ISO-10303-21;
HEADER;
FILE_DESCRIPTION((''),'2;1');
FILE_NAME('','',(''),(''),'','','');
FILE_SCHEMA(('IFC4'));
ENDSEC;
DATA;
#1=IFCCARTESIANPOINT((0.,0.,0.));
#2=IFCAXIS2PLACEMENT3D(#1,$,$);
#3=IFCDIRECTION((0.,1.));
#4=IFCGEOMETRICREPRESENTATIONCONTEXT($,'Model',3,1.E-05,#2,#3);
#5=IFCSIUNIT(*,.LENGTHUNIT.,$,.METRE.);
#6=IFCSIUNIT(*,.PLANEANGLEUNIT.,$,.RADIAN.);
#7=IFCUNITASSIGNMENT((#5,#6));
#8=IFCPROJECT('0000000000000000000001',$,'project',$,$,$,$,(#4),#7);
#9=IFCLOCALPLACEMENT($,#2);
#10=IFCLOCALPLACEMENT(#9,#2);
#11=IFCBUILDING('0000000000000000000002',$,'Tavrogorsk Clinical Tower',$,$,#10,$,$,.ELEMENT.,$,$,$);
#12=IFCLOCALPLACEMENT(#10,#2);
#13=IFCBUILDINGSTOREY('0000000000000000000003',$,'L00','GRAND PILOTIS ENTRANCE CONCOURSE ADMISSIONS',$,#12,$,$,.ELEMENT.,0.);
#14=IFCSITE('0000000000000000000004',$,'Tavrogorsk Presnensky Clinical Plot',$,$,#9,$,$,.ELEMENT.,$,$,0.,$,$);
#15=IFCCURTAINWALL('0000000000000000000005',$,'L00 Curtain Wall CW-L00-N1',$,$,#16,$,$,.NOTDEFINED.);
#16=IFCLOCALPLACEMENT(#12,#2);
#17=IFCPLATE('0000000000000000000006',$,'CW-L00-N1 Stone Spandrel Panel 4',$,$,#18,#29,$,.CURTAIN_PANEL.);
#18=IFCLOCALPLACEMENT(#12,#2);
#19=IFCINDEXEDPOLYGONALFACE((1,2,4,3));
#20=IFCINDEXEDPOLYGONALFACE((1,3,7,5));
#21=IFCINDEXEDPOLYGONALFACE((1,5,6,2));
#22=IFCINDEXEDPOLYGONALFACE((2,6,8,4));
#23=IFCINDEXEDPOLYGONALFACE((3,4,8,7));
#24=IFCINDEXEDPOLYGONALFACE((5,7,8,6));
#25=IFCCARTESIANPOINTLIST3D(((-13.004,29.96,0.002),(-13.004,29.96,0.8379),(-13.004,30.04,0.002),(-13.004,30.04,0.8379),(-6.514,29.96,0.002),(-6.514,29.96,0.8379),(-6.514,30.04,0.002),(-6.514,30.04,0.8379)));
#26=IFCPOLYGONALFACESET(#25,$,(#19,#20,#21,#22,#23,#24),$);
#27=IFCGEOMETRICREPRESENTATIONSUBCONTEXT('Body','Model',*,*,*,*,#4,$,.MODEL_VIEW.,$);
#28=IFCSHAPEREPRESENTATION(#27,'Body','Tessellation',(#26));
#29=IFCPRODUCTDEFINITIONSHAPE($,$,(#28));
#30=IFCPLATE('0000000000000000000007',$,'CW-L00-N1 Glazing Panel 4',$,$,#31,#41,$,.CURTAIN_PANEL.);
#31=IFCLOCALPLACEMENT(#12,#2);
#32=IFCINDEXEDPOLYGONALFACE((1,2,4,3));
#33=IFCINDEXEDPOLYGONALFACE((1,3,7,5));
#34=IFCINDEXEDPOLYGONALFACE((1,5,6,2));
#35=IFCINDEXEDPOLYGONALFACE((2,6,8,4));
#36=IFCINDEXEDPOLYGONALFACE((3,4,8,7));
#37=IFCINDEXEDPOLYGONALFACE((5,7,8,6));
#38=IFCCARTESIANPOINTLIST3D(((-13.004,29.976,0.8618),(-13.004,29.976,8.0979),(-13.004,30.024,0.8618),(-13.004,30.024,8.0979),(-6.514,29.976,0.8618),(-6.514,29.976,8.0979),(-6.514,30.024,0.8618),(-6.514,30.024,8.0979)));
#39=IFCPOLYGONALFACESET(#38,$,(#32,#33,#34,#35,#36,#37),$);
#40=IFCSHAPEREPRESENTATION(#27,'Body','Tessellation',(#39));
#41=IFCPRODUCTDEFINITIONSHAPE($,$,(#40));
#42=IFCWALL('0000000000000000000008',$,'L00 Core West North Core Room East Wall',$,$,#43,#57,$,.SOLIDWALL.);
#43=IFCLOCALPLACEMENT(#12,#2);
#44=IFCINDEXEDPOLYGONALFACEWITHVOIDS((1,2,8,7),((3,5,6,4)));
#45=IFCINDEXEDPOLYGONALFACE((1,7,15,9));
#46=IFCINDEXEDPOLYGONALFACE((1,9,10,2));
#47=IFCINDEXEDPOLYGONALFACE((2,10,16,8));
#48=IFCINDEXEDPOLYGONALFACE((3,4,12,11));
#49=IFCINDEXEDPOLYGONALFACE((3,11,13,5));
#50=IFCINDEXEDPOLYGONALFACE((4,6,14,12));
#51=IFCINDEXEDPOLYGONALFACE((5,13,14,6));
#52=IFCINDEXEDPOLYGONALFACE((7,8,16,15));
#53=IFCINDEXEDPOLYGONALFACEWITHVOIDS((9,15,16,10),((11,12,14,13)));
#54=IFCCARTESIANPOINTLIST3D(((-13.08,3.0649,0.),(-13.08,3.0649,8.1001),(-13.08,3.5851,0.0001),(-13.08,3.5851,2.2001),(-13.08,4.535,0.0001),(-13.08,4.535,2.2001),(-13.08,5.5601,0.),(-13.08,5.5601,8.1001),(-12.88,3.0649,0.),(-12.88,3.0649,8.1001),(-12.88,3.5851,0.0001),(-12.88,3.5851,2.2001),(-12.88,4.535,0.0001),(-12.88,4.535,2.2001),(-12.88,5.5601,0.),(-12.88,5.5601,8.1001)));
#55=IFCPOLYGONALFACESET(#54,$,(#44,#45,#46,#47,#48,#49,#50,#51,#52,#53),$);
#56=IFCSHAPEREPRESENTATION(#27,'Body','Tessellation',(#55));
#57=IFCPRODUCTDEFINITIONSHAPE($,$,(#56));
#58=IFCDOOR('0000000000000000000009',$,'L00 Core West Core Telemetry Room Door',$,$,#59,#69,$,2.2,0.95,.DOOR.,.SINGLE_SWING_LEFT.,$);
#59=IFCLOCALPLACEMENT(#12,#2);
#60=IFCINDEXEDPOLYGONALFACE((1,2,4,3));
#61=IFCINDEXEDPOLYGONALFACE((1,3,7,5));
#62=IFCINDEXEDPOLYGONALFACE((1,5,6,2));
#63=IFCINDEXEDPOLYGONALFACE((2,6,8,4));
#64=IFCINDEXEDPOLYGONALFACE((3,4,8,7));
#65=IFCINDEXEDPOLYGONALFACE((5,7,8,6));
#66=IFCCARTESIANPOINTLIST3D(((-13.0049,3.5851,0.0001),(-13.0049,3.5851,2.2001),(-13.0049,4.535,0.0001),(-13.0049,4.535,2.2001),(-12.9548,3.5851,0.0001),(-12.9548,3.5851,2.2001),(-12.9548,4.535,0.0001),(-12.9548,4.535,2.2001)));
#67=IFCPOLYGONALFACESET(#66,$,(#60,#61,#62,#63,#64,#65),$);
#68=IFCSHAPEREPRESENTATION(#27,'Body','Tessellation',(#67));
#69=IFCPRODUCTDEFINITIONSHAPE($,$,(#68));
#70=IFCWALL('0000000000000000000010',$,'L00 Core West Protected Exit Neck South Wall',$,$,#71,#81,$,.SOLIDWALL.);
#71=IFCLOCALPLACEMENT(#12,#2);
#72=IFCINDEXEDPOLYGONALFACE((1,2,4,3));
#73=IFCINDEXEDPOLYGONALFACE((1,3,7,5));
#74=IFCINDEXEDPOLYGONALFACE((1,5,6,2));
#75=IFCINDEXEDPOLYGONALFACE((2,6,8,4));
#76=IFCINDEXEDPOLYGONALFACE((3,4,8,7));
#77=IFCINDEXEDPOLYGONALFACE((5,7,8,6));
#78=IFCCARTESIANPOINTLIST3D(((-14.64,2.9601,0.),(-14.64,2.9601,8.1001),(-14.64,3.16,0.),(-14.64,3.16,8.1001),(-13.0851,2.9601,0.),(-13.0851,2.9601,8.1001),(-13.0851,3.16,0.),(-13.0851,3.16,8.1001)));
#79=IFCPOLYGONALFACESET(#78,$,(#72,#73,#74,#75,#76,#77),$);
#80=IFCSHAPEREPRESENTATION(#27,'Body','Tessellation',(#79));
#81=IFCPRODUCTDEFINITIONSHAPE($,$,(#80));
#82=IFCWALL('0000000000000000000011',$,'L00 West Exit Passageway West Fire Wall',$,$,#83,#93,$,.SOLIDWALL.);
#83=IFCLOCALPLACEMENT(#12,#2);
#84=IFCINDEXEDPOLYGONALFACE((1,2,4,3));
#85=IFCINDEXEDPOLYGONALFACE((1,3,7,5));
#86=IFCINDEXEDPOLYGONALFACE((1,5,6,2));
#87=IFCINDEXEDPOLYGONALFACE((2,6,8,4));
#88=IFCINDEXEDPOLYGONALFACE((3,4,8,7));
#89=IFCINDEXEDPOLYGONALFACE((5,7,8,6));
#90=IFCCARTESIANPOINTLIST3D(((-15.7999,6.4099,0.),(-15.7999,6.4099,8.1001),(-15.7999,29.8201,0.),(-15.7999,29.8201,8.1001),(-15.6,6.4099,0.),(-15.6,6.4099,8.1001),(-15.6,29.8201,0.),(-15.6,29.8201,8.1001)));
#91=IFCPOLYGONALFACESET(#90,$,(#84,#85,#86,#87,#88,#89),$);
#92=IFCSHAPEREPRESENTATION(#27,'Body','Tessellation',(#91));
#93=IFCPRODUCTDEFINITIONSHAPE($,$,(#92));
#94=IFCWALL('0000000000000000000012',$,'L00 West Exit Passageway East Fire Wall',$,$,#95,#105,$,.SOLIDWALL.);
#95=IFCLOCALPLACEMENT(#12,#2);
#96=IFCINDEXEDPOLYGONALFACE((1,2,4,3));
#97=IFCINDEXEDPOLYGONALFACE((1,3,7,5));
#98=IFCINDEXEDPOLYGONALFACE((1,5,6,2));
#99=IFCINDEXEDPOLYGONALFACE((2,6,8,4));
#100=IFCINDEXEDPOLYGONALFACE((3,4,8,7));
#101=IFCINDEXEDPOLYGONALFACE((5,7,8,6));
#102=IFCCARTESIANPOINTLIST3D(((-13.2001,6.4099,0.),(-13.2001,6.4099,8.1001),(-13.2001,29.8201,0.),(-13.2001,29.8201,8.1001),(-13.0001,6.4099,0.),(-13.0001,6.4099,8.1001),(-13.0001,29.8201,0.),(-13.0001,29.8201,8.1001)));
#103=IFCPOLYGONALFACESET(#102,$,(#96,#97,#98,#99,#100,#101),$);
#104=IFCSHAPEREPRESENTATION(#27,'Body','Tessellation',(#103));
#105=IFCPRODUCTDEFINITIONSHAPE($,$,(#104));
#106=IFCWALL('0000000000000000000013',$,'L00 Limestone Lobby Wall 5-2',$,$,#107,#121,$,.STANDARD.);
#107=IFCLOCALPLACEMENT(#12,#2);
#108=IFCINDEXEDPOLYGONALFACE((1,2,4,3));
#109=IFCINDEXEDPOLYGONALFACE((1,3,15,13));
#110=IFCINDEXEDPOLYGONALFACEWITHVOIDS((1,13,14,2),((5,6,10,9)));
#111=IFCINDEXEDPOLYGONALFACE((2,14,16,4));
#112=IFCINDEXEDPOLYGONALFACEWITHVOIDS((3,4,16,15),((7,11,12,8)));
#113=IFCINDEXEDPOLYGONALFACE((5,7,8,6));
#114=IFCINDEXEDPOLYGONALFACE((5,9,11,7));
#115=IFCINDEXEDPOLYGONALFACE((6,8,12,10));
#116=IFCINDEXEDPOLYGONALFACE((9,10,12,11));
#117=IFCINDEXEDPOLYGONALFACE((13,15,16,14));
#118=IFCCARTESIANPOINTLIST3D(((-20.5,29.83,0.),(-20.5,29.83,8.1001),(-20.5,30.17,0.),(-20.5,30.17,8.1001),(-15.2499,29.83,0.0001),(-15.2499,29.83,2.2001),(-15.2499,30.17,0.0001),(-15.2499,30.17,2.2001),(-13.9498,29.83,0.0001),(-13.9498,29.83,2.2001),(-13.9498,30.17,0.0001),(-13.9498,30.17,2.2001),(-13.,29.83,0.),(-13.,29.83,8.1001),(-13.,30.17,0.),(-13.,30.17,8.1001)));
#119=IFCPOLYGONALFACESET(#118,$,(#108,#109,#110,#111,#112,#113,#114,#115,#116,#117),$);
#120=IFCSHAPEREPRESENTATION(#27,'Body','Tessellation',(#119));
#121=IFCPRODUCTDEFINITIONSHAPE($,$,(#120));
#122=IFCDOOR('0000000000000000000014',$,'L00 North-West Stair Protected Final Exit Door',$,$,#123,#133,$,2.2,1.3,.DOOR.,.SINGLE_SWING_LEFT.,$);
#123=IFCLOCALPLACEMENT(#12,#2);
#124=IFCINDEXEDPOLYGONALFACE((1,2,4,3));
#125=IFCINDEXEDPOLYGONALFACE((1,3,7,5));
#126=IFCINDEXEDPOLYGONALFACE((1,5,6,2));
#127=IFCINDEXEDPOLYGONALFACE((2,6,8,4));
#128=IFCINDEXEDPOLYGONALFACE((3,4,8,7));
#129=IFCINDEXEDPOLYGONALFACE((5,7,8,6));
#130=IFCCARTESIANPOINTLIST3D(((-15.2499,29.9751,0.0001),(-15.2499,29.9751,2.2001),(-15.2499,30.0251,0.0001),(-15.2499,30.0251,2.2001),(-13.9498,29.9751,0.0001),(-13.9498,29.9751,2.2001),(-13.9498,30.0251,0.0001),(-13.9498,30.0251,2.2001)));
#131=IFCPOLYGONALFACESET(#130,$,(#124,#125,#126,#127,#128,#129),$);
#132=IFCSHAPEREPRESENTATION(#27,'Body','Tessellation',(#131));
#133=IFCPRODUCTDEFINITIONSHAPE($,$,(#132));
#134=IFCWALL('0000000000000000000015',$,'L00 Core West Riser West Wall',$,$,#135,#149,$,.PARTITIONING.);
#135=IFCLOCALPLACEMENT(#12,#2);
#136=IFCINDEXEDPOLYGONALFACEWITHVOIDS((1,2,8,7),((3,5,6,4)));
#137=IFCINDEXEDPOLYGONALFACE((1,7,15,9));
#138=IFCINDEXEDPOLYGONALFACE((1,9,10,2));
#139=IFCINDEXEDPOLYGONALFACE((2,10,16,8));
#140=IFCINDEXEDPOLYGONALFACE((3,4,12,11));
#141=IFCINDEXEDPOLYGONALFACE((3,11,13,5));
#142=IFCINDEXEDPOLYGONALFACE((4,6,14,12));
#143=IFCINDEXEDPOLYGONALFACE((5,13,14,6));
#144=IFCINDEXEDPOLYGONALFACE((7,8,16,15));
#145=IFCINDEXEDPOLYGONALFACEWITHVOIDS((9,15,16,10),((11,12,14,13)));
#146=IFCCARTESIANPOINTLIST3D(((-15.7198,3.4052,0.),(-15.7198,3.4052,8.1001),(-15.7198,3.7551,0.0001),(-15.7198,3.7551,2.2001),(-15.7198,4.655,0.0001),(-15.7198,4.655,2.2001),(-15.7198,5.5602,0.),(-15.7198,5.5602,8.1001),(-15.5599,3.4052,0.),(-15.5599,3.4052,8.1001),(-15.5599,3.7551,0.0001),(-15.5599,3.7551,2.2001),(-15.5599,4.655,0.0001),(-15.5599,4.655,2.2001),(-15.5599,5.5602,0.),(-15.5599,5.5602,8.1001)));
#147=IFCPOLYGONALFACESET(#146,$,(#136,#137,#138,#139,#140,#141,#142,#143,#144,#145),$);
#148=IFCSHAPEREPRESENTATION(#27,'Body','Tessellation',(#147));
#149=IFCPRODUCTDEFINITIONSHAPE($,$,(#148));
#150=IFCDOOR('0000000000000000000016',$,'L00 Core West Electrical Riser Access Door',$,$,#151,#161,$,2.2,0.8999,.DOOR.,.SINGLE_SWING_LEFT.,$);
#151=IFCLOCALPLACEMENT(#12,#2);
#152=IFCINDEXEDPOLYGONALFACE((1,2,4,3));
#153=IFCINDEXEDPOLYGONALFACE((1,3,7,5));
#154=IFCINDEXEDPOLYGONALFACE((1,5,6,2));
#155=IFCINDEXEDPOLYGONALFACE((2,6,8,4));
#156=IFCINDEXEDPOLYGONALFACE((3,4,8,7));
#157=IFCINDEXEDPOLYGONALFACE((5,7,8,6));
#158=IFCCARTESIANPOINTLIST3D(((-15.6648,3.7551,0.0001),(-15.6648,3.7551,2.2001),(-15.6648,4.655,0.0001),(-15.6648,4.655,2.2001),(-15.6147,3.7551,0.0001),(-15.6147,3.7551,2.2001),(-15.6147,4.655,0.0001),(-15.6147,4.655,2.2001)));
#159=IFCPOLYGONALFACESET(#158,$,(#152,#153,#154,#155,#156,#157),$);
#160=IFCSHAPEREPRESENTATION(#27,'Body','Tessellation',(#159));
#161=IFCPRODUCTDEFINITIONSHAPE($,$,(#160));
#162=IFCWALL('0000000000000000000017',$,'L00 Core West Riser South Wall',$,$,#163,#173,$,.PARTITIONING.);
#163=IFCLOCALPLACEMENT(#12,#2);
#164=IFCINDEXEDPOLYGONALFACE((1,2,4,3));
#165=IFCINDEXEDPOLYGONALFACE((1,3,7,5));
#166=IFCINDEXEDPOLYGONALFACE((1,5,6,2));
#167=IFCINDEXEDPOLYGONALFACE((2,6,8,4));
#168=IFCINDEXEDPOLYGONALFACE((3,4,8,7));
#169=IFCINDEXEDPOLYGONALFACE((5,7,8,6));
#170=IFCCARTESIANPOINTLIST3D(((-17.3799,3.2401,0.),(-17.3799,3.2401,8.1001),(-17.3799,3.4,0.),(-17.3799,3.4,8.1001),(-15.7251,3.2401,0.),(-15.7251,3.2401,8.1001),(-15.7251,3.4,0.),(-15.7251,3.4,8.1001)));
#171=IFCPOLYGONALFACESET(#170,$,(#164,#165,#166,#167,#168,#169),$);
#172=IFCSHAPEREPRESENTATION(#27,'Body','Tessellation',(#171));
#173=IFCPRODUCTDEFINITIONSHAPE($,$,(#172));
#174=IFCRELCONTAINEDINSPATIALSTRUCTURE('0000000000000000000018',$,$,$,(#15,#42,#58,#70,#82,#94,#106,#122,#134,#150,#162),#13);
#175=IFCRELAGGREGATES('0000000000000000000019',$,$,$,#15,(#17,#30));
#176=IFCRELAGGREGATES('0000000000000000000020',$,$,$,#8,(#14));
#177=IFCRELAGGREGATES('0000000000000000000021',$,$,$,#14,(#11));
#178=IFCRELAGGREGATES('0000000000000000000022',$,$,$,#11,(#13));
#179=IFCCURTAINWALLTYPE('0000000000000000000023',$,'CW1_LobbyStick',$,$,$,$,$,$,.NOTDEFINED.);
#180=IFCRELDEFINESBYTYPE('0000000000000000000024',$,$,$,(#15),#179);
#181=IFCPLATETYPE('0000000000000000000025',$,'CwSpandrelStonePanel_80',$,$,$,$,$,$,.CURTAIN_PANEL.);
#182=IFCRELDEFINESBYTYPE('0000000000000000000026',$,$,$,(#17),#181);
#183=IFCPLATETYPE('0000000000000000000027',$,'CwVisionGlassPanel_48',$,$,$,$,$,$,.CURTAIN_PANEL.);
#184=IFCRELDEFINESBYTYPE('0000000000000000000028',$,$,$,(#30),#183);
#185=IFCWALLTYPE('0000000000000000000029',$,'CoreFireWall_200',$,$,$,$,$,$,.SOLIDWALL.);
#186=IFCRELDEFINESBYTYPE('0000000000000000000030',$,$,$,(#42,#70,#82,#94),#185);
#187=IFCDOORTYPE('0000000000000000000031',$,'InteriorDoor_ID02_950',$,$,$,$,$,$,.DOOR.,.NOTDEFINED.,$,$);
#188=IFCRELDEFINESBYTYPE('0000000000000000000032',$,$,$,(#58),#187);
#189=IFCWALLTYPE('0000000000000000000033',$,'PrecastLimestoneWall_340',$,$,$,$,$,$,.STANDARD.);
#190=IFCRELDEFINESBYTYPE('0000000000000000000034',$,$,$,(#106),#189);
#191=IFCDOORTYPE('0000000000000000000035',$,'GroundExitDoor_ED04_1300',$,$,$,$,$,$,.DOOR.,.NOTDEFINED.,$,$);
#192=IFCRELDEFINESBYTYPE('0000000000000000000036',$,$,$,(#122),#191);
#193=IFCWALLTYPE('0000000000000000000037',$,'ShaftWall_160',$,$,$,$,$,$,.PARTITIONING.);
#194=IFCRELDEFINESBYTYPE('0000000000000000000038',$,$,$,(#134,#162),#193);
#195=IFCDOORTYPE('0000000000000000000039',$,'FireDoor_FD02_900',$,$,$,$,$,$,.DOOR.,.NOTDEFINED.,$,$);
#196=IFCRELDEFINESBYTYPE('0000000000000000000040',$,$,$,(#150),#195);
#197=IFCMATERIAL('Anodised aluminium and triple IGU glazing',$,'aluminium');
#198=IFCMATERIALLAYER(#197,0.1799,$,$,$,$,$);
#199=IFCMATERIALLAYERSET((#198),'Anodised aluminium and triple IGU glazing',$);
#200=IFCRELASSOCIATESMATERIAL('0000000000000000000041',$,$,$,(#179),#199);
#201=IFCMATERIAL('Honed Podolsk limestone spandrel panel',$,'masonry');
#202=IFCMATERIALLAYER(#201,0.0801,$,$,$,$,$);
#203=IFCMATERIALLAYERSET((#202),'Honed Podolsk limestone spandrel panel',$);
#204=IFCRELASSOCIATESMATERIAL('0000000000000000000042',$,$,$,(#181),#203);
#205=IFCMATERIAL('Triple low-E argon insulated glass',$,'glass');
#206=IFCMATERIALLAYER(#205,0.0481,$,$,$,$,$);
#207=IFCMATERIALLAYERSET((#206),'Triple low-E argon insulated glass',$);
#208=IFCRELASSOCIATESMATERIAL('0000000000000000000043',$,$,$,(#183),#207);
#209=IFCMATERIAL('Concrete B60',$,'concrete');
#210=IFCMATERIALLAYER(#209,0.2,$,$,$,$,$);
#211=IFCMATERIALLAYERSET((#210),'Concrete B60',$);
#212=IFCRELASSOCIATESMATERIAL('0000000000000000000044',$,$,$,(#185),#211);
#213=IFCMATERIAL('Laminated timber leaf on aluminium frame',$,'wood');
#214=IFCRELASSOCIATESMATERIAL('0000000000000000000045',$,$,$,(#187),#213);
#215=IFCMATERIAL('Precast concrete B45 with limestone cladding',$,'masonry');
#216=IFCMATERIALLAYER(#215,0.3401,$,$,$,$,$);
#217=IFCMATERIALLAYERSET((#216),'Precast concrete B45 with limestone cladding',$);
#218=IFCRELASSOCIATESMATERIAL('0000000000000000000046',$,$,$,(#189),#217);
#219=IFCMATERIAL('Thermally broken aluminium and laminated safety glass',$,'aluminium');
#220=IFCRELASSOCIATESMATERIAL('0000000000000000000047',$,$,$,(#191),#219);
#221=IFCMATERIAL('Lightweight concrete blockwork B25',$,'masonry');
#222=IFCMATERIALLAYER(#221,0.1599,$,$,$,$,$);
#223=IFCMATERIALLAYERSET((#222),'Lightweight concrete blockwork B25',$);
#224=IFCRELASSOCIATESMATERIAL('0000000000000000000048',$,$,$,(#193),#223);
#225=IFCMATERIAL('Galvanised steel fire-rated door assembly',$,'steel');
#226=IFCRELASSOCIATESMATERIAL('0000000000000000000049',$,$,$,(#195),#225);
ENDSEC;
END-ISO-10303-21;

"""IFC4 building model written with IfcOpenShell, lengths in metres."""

from ifc_helpers import new_model, si_unit, direction, frame, frame_2d, origin, origin_2d, place, context, subcontext, project, spatial, rectangle, extrude, material, layer, layer_set, type_object, element, fill, aggregate, save


model = new_model("IFC4")

# Units and contexts
model_context = context("Model", 3, precision=1e-05, world=origin(), true_north=direction((0.0, 1.0)))
body_context = subcontext(model_context, "Body", "Model", "MODEL_VIEW")
ifc_project = project(units=[si_unit("LENGTHUNIT", "METRE"), si_unit("PLANEANGLEUNIT", "RADIAN")], contexts=[model_context])

# Site, building, storey
site_placement = place(None, origin())
site = spatial("IfcSite", under=ifc_project, at=site_placement, Name="Tavrogorsk Presnensky Clinical Plot", CompositionType="ELEMENT", RefElevation=0.0)
building_placement = place(site_placement, origin())
building = spatial("IfcBuilding", under=site, at=building_placement, Name="Tavrogorsk Clinical Tower", CompositionType="ELEMENT")
storey_placement = place(building_placement, origin())
storey = spatial("IfcBuildingStorey", under=building, at=storey_placement, Name="L00", Description="GRAND PILOTIS ENTRANCE CONCOURSE ADMISSIONS", CompositionType="ELEMENT", Elevation=0.0)

# Curtain wall
ifc_material_1 = material(Name="Anodised aluminium and triple IGU glazing", Category="aluminium")
ifc_layer_1 = layer(ifc_material_1, 0.1799)
ifc_layer_set_1 = layer_set([ifc_layer_1], Name="Anodised aluminium and triple IGU glazing")
curtain_wall_type = type_object("IfcCurtainWallType", Name="CW1_LobbyStick", PredefinedType="NOTDEFINED", material=ifc_layer_set_1)
curtain_wall_1_placement = place(storey_placement, origin())
curtain_wall_1 = element("IfcCurtainWall", 1, at=curtain_wall_1_placement, inside=storey, type_object=curtain_wall_type, Name="L00 Curtain Wall CW-L00-N1", PredefinedType="NOTDEFINED")

# Plates
ifc_material_2 = material(Name="Honed Podolsk limestone spandrel panel", Category="masonry")
ifc_layer_2 = layer(ifc_material_2, 0.0801)
ifc_layer_set_2 = layer_set([ifc_layer_2], Name="Honed Podolsk limestone spandrel panel")
plate_type_1 = type_object("IfcPlateType", Name="CwSpandrelStonePanel_80", PredefinedType="CURTAIN_PANEL", material=ifc_layer_set_2)
plate_1_placement = place(storey_placement, frame((-9.759, 30.0, 0.002), z_axis=(0.0, 0.0, 1.0), x_axis=(-1.0, 0.0, 0.0)))
plate_1 = element("IfcPlate", 2, at=plate_1_placement, type_object=plate_type_1, Name="CW-L00-N1 Stone Spandrel Panel 4", PredefinedType="CURTAIN_PANEL", context=body_context, shape_type="SweptSolid", body=[
    extrude(rectangle(XDim=6.49, YDim=0.0801, at=origin_2d()), origin(), (0.0, 0.0, 1.0), 0.8359),
])
ifc_material_3 = material(Name="Triple low-E argon insulated glass", Category="glass")
ifc_layer_3 = layer(ifc_material_3, 0.0481)
ifc_layer_set_3 = layer_set([ifc_layer_3], Name="Triple low-E argon insulated glass")
plate_type_2 = type_object("IfcPlateType", Name="CwVisionGlassPanel_48", PredefinedType="CURTAIN_PANEL", material=ifc_layer_set_3)
plate_2_placement = place(storey_placement, frame((-9.759, 30.0, 0.8618), z_axis=(0.0, 0.0, 1.0), x_axis=(-1.0, 0.0, 0.0)))
plate_2 = element("IfcPlate", 3, at=plate_2_placement, type_object=plate_type_2, Name="CW-L00-N1 Glazing Panel 4", PredefinedType="CURTAIN_PANEL", context=body_context, shape_type="SweptSolid", body=[
    extrude(rectangle(XDim=6.49, YDim=0.0481, at=origin_2d()), origin(), (0.0, 0.0, 1.0), 7.2361),
])
aggregate(curtain_wall_1, [plate_1, plate_2])

# Wall, opening, door
ifc_material_4 = material(Name="Concrete B60", Category="concrete")
ifc_layer_4 = layer(ifc_material_4, 0.2)
ifc_layer_set_4 = layer_set([ifc_layer_4], Name="Concrete B60")
wall_type_1 = type_object("IfcWallType", Name="CoreFireWall_200", PredefinedType="SOLIDWALL", material=ifc_layer_set_4)
wall_1_placement = place(storey_placement, frame((-12.98, 3.0649, 0.0), z_axis=(0.0, 0.0, 1.0), x_axis=(0.0, 1.0, 0.0)))
wall_1 = element("IfcWall", 4, at=wall_1_placement, inside=storey, type_object=wall_type_1, Name="L00 Core West North Core Room East Wall", PredefinedType="SOLIDWALL", context=body_context, shape_type="SweptSolid", body=[
    extrude(rectangle(XDim=2.4951, YDim=0.2, at=frame_2d((1.2476, 0.0))), origin(), (0.0, 0.0, 1.0), 8.1001),
])
opening_1_placement = place(wall_1_placement, frame((0.52, 0.0, 0.0)))
opening_1 = element("IfcOpeningElement", 5, at=opening_1_placement, cuts=wall_1, PredefinedType="OPENING", context=body_context, shape_type="SweptSolid", body=[
    extrude(rectangle(XDim=0.95, YDim=2.2, at=frame_2d((0.4751, 1.1001))), frame((0.0, 0.1099, 0.0), z_axis=(0.0, -1.0, 0.0), x_axis=(1.0, 0.0, 0.0)), (0.0, 0.0, 1.0), 0.22),
])
ifc_material_5 = material(Name="Laminated timber leaf on aluminium frame", Category="wood")
door_type_1 = type_object("IfcDoorType", Name="InteriorDoor_ID02_950", OperationType="NOTDEFINED", PredefinedType="DOOR", material=ifc_material_5)
door_1_placement = place(opening_1_placement, origin())
door_1 = element("IfcDoor", 6, at=door_1_placement, inside=storey, type_object=door_type_1, Name="L00 Core West Core Telemetry Room Door", OperationType="SINGLE_SWING_LEFT", OverallHeight=2.2, OverallWidth=0.95, PredefinedType="DOOR", context=body_context, shape_type="SweptSolid", body=[
    extrude(rectangle(XDim=0.95, YDim=2.2, at=frame_2d((0.4751, 1.1001))), frame((0.0, 0.0249, 0.0), z_axis=(0.0, -1.0, 0.0), x_axis=(1.0, 0.0, 0.0)), (0.0, 0.0, 1.0), 0.05),
])
fill(opening_1, door_1)

# Walls
wall_2_placement = place(storey_placement, frame((-14.6399, 3.0601, 0.0), z_axis=(0.0, 0.0, 1.0), x_axis=(1.0, 0.0, 0.0)))
element("IfcWall", 7, at=wall_2_placement, inside=storey, type_object=wall_type_1, Name="L00 Core West Protected Exit Neck South Wall", PredefinedType="SOLIDWALL", context=body_context, shape_type="SweptSolid", body=[
    extrude(rectangle(XDim=1.5549, YDim=0.2, at=frame_2d((0.7773, 0.0))), origin(), (0.0, 0.0, 1.0), 8.1001),
])
for number, where, z_axis, x_axis, name in (
    (8, (-15.7, 6.4099, 0.0), (0.0, 0.0, 1.0), (0.0, 1.0, 0.0), "L00 West Exit Passageway West Fire Wall"),
    (9, (-13.1001, 6.4099, 0.0), (0.0, 0.0, 1.0), (0.0, 1.0, 0.0), "L00 West Exit Passageway East Fire Wall"),
):
    element("IfcWall", number, at=place(storey_placement, frame(where, z_axis=z_axis, x_axis=x_axis)), inside=storey, type_object=wall_type_1, Name=name, PredefinedType="SOLIDWALL", context=body_context, shape_type="SweptSolid", body=[
        extrude(rectangle(XDim=23.4102, YDim=0.2, at=frame_2d((11.7051, 0.0))), origin(), (0.0, 0.0, 1.0), 8.1001),
    ])

# Walls, openings, doors
ifc_material_6 = material(Name="Precast concrete B45 with limestone cladding", Category="masonry")
ifc_layer_5 = layer(ifc_material_6, 0.3401)
ifc_layer_set_5 = layer_set([ifc_layer_5], Name="Precast concrete B45 with limestone cladding")
wall_type_2 = type_object("IfcWallType", Name="PrecastLimestoneWall_340", PredefinedType="STANDARD", material=ifc_layer_set_5)
wall_3_placement = place(storey_placement, frame((-13.0, 30.0, 0.0), z_axis=(0.0, 0.0, 1.0), x_axis=(-1.0, 0.0, 0.0)))
wall_3 = element("IfcWall", 10, at=wall_3_placement, inside=storey, type_object=wall_type_2, Name="L00 Limestone Lobby Wall 5-2", PredefinedType="STANDARD", context=body_context, shape_type="SweptSolid", body=[
    extrude(rectangle(XDim=7.5, YDim=0.3401, at=frame_2d((3.75, 0.0))), origin(), (0.0, 0.0, 1.0), 8.1001),
])
opening_2_placement = place(wall_3_placement, frame((0.95, 0.0, 0.0)))
opening_2 = element("IfcOpeningElement", 11, at=opening_2_placement, cuts=wall_3, PredefinedType="OPENING", context=body_context, shape_type="SweptSolid", body=[
    extrude(rectangle(XDim=1.3, YDim=2.2, at=frame_2d((0.6499, 1.1001))), frame((0.0, 0.1799, 0.0), z_axis=(0.0, -1.0, 0.0), x_axis=(1.0, 0.0, 0.0)), (0.0, 0.0, 1.0), 0.3601),
])
ifc_material_7 = material(Name="Thermally broken aluminium and laminated safety glass", Category="aluminium")
door_type_2 = type_object("IfcDoorType", Name="GroundExitDoor_ED04_1300", OperationType="NOTDEFINED", PredefinedType="DOOR", material=ifc_material_7)
door_2_placement = place(opening_2_placement, origin())
door_2 = element("IfcDoor", 12, at=door_2_placement, inside=storey, type_object=door_type_2, Name="L00 North-West Stair Protected Final Exit Door", OperationType="SINGLE_SWING_LEFT", OverallHeight=2.2, OverallWidth=1.3, PredefinedType="DOOR", context=body_context, shape_type="SweptSolid", body=[
    extrude(rectangle(XDim=1.3, YDim=2.2, at=frame_2d((0.6499, 1.1001))), frame((0.0, 0.0249, 0.0), z_axis=(0.0, -1.0, 0.0), x_axis=(1.0, 0.0, 0.0)), (0.0, 0.0, 1.0), 0.05),
])
fill(opening_2, door_2)
ifc_material_8 = material(Name="Lightweight concrete blockwork B25", Category="masonry")
ifc_layer_6 = layer(ifc_material_8, 0.1599)
ifc_layer_set_6 = layer_set([ifc_layer_6], Name="Lightweight concrete blockwork B25")
wall_type_3 = type_object("IfcWallType", Name="ShaftWall_160", PredefinedType="PARTITIONING", material=ifc_layer_set_6)
wall_4_placement = place(storey_placement, frame((-15.6399, 3.405, 0.0), z_axis=(0.0, 0.0, 1.0), x_axis=(0.0, 1.0, 0.0)))
wall_4 = element("IfcWall", 13, at=wall_4_placement, inside=storey, type_object=wall_type_3, Name="L00 Core West Riser West Wall", PredefinedType="PARTITIONING", context=body_context, shape_type="SweptSolid", body=[
    extrude(rectangle(XDim=2.155, YDim=0.1599, at=frame_2d((1.0776, 0.0))), origin(), (0.0, 0.0, 1.0), 8.1001),
])
opening_3_placement = place(wall_4_placement, frame((0.3501, 0.0, 0.0)))
opening_3 = element("IfcOpeningElement", 14, at=opening_3_placement, cuts=wall_4, PredefinedType="OPENING", context=body_context, shape_type="SweptSolid", body=[
    extrude(rectangle(XDim=0.8999, YDim=2.2, at=frame_2d((0.45, 1.1001))), frame((0.0, 0.0898, 0.0), z_axis=(0.0, -1.0, 0.0), x_axis=(1.0, 0.0, 0.0)), (0.0, 0.0, 1.0), 0.1799),
])
ifc_material_9 = material(Name="Galvanised steel fire-rated door assembly", Category="steel")
door_type_3 = type_object("IfcDoorType", Name="FireDoor_FD02_900", OperationType="NOTDEFINED", PredefinedType="DOOR", material=ifc_material_9)
door_3_placement = place(opening_3_placement, origin())
door_3 = element("IfcDoor", 15, at=door_3_placement, inside=storey, type_object=door_type_3, Name="L00 Core West Electrical Riser Access Door", OperationType="SINGLE_SWING_LEFT", OverallHeight=2.2, OverallWidth=0.8999, PredefinedType="DOOR", context=body_context, shape_type="SweptSolid", body=[
    extrude(rectangle(XDim=0.8999, YDim=2.2, at=frame_2d((0.45, 1.1001))), frame((0.0, 0.0249, 0.0), z_axis=(0.0, -1.0, 0.0), x_axis=(1.0, 0.0, 0.0)), (0.0, 0.0, 1.0), 0.05),
])
fill(opening_3, door_3)

# Wall
wall_5_placement = place(storey_placement, frame((-17.3799, 3.3201, 0.0), z_axis=(0.0, 0.0, 1.0), x_axis=(1.0, 0.0, 0.0)))
element("IfcWall", 16, at=wall_5_placement, inside=storey, type_object=wall_type_3, Name="L00 Core West Riser South Wall", PredefinedType="PARTITIONING", context=body_context, shape_type="SweptSolid", body=[
    extrude(rectangle(XDim=1.6548, YDim=0.1599, at=frame_2d((0.8274, 0.0))), origin(), (0.0, 0.0, 1.0), 8.1001),
])

save(model, "model.ifc")
